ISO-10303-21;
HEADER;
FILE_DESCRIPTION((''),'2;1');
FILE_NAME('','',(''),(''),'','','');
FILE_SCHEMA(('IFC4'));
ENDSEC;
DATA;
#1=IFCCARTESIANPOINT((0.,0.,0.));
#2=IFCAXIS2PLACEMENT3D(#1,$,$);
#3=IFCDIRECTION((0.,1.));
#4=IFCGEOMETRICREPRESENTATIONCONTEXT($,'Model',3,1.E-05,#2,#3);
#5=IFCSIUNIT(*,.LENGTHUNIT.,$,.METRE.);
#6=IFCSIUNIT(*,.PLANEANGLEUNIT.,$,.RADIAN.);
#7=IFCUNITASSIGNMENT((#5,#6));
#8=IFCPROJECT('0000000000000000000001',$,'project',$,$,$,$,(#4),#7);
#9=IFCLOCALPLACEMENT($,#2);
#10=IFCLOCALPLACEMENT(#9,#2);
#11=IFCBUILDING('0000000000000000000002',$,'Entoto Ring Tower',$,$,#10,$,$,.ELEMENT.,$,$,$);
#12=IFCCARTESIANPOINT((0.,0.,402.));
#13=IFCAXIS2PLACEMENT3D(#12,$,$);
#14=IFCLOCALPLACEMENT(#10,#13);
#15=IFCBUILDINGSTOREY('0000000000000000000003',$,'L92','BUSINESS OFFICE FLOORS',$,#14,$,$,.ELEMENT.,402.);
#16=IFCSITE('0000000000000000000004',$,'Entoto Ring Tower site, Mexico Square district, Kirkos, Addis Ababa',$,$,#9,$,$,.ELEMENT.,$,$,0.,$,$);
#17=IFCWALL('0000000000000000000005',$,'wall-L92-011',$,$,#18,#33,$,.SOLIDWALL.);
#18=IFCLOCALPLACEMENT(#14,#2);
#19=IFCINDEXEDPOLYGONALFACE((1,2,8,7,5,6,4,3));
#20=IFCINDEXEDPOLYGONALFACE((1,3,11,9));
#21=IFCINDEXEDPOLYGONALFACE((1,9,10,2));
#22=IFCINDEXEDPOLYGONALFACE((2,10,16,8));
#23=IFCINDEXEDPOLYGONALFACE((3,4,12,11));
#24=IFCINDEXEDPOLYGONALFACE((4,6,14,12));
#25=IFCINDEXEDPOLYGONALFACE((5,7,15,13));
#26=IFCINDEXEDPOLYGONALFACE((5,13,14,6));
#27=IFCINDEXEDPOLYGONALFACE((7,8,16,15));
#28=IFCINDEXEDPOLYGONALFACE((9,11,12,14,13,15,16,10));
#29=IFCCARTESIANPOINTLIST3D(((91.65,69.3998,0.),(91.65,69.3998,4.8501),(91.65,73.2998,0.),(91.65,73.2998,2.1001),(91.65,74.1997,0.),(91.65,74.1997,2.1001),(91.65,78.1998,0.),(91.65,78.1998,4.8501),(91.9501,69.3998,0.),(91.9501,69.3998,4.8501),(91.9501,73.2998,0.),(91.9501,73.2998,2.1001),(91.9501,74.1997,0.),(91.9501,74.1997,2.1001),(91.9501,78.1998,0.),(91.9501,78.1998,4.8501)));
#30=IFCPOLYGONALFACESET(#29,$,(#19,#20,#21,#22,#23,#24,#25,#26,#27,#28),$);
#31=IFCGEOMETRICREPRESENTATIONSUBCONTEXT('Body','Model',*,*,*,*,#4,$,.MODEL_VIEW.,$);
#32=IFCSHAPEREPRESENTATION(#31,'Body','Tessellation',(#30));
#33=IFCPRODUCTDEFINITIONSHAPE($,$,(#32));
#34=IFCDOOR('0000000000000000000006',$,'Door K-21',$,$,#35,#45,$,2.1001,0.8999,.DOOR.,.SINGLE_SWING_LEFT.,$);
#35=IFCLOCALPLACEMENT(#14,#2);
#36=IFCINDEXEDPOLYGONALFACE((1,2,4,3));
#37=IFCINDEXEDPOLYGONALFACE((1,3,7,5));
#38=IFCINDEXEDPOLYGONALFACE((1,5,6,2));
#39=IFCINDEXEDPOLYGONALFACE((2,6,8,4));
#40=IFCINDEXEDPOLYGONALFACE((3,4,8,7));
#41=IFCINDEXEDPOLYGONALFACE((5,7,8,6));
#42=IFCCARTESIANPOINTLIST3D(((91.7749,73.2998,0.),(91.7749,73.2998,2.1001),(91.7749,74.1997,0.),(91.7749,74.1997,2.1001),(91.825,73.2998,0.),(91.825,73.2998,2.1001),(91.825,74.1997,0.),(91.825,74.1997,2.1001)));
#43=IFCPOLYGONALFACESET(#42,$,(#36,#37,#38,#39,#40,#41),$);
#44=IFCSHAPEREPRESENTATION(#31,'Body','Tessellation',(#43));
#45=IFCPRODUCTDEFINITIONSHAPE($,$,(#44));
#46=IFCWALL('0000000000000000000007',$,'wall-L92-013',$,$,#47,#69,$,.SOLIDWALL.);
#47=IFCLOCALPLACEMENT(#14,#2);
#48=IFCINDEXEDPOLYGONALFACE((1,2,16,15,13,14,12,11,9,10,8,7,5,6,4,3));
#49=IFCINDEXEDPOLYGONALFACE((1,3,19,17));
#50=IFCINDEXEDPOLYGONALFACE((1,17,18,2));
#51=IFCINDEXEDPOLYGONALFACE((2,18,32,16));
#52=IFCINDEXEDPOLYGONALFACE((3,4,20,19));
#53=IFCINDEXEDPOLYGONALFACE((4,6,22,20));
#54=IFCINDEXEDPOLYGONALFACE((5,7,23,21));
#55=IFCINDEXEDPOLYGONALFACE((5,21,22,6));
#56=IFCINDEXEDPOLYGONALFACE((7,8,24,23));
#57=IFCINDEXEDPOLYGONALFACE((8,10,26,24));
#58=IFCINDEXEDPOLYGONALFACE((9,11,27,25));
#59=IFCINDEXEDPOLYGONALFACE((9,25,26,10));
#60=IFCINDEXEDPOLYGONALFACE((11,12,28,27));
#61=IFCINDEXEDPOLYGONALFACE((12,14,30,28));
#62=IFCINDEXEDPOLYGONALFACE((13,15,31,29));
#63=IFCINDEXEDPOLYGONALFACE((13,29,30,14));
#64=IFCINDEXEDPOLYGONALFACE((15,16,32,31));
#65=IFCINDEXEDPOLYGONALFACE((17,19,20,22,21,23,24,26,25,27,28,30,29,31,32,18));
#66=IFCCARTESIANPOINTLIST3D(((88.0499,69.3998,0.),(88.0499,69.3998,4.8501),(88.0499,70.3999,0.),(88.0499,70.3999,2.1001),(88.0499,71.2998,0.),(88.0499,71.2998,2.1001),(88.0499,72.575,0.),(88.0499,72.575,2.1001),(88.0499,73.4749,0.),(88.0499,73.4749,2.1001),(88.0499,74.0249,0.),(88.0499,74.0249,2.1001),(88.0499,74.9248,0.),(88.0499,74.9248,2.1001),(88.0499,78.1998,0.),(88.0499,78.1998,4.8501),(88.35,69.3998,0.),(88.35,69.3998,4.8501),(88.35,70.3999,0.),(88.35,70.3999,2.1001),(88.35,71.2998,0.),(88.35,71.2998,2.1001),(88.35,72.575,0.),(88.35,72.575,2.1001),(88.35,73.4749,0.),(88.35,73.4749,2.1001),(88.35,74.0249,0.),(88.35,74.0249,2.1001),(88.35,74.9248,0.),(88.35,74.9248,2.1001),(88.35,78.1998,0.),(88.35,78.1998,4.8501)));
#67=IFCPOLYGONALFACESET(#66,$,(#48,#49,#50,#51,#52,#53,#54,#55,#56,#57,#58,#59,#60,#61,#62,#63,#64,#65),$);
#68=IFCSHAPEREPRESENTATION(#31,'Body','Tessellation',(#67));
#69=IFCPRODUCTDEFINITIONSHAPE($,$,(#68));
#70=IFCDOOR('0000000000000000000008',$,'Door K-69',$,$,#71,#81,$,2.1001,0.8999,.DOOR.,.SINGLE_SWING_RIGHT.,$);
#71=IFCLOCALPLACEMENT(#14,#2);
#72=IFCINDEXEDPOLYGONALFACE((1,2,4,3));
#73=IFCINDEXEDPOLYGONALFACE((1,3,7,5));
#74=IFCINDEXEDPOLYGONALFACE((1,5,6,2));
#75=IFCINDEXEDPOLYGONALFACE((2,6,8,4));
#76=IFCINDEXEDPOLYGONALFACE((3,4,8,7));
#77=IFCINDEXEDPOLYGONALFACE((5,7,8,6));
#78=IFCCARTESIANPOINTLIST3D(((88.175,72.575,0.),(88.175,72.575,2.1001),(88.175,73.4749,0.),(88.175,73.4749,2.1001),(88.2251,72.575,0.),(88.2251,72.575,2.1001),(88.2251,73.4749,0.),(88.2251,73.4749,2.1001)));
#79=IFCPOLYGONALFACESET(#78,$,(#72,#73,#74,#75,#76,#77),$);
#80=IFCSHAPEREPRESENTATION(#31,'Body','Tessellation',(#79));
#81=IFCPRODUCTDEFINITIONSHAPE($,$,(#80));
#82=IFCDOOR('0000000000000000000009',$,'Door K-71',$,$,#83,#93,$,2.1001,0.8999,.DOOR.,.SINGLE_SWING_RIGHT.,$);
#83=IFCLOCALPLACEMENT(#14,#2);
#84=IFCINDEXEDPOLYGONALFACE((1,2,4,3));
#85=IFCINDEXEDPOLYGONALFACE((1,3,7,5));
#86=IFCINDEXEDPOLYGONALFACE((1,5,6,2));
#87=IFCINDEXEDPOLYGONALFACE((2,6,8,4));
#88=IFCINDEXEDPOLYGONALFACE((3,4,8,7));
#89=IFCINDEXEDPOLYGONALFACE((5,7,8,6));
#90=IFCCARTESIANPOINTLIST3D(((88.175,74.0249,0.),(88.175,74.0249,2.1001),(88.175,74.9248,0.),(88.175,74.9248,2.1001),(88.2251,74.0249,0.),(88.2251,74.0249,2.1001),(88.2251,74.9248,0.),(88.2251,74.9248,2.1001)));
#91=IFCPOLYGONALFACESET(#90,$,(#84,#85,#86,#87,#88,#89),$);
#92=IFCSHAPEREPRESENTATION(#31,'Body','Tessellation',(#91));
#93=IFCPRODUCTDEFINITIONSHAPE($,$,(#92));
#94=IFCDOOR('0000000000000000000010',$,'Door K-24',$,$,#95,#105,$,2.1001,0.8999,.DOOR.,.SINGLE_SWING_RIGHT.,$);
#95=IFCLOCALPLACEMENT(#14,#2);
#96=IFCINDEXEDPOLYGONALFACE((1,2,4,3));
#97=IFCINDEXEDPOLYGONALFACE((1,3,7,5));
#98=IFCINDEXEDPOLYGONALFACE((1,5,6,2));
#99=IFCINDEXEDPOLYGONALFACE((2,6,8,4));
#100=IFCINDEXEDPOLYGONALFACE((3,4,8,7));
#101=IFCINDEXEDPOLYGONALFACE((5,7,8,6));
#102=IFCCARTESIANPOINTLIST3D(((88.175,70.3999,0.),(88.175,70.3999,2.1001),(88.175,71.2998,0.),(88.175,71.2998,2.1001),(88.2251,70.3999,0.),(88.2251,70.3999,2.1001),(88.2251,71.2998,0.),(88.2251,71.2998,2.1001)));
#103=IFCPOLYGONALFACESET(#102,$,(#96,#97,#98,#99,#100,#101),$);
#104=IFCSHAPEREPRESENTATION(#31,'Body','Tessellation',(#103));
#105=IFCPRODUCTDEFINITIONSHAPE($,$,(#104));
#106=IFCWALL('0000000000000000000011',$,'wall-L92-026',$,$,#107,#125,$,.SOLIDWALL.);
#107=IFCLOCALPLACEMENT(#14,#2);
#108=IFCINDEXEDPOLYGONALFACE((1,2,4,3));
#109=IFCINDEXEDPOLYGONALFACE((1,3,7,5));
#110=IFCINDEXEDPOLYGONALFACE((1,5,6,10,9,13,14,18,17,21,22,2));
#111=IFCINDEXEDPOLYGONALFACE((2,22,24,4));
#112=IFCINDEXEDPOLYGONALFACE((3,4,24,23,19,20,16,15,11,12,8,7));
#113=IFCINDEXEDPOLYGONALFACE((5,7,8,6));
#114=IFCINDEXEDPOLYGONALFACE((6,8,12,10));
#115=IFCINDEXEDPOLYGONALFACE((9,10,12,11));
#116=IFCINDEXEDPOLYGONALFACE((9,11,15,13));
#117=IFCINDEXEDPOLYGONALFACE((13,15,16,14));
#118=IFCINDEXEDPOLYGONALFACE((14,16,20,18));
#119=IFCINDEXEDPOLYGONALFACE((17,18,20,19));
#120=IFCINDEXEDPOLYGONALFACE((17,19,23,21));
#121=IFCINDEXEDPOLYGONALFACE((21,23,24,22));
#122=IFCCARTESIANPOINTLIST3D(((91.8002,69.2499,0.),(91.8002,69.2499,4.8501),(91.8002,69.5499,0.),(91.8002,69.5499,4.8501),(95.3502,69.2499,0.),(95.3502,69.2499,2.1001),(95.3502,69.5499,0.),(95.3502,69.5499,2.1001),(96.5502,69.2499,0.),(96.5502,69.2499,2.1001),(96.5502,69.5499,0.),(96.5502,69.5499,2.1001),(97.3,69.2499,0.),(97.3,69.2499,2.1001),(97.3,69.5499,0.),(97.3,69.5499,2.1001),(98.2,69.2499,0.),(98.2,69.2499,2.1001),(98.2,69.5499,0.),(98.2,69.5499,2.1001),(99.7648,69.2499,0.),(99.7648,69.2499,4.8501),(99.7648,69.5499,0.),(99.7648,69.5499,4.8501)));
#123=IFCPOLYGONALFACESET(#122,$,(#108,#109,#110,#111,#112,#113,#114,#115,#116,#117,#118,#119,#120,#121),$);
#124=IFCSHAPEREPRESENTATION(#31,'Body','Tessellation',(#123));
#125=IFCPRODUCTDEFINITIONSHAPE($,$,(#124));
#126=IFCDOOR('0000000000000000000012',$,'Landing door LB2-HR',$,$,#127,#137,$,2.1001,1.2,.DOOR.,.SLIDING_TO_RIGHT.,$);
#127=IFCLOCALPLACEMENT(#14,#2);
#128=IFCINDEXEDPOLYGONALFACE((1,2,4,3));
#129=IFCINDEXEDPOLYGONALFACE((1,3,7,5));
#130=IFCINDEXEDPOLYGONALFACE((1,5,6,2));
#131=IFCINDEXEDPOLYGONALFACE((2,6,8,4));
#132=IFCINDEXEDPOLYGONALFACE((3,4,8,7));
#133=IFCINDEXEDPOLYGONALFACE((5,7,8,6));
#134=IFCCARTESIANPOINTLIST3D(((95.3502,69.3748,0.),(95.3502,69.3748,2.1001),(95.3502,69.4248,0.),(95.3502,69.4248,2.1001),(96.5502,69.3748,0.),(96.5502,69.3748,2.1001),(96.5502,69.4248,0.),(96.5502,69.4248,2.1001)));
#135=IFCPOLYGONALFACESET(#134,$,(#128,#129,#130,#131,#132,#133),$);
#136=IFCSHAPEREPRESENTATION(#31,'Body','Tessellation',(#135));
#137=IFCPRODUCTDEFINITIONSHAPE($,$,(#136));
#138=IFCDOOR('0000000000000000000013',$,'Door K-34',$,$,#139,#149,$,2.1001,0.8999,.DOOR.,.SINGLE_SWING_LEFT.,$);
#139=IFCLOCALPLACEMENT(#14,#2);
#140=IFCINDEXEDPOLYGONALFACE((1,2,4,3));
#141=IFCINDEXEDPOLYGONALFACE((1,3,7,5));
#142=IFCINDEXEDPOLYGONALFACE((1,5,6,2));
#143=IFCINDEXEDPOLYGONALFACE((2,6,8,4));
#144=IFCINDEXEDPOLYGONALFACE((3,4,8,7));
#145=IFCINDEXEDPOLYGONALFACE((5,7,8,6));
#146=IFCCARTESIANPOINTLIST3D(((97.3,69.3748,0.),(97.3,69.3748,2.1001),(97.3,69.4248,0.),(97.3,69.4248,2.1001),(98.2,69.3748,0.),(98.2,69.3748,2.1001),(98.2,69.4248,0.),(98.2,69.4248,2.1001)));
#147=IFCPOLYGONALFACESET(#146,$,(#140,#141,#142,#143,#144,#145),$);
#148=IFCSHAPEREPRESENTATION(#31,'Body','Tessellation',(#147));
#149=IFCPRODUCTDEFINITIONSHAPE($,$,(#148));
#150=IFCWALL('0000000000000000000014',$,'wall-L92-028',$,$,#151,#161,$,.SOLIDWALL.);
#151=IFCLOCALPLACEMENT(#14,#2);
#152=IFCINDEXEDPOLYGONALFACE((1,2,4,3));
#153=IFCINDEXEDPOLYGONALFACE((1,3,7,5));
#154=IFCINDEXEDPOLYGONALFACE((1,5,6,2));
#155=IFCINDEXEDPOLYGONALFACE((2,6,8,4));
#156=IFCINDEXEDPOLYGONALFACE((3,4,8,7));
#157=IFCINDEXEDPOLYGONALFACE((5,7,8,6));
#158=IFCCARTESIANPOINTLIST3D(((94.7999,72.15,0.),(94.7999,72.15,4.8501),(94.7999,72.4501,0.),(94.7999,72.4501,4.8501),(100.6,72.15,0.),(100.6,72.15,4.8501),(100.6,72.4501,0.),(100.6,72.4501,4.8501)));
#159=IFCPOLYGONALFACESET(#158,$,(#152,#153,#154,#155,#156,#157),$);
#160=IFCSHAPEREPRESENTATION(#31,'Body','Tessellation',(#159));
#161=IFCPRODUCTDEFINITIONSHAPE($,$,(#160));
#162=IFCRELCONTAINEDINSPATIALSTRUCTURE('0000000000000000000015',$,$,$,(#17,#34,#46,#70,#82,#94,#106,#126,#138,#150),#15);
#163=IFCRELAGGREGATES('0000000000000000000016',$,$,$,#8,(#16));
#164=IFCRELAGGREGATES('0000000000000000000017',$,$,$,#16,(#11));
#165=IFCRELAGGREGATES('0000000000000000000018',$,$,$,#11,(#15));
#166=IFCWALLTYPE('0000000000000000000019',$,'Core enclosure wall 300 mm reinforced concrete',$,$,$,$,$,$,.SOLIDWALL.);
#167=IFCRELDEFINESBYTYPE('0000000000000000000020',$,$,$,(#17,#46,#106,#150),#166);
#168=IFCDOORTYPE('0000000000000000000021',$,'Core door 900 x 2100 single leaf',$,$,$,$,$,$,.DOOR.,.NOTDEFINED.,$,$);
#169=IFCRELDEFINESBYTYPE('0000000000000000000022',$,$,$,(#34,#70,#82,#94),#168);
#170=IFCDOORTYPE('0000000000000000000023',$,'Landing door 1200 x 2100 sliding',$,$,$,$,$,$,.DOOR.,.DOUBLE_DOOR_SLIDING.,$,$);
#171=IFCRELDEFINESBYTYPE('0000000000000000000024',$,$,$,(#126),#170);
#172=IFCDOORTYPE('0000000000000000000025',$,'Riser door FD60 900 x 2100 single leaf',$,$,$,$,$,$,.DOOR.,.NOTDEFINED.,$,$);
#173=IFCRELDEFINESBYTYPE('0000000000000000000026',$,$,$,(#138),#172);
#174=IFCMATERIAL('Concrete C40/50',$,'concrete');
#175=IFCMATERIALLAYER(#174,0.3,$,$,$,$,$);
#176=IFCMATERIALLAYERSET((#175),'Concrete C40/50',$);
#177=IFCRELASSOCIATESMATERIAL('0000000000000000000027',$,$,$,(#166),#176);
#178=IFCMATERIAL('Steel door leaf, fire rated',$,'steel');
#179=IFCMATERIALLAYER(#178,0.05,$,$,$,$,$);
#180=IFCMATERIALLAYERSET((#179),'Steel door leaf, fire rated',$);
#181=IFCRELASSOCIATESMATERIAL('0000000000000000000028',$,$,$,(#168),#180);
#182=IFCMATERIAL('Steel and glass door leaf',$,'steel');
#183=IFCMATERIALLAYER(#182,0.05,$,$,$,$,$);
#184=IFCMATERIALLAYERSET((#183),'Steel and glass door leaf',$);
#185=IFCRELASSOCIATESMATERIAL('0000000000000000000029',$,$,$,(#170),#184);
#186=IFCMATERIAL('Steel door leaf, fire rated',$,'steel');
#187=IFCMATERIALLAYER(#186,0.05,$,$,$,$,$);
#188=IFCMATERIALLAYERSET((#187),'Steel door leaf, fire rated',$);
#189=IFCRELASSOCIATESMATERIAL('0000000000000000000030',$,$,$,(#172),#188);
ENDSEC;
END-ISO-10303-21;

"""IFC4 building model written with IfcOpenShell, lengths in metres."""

from ifc_helpers import new_model, si_unit, direction, frame, frame_2d, origin, place, context, subcontext, project, spatial, rectangle, extrude, material, layer, layer_set, type_object, element, fill, save


model = new_model("IFC4")

# Units and contexts
model_context = context("Model", 3, precision=1e-05, world=origin(), true_north=direction((0.0, 1.0)))
body_context = subcontext(model_context, "Body", "Model", "MODEL_VIEW")
ifc_project = project(units=[si_unit("LENGTHUNIT", "METRE"), si_unit("PLANEANGLEUNIT", "RADIAN")], contexts=[model_context])

# Site, building, storey
site_placement = place(None, origin())
site = spatial("IfcSite", under=ifc_project, at=site_placement, Name="Entoto Ring Tower site, Mexico Square district, Kirkos, Addis Ababa", CompositionType="ELEMENT", RefElevation=0.0)
building_placement = place(site_placement, origin())
building = spatial("IfcBuilding", under=site, at=building_placement, Name="Entoto Ring Tower", CompositionType="ELEMENT")
storey_placement = place(building_placement, frame((0.0, 0.0, 402.0)))
storey = spatial("IfcBuildingStorey", under=building, at=storey_placement, Name="L92", Description="BUSINESS OFFICE FLOORS", CompositionType="ELEMENT", Elevation=402.0)

# Shared definitions
ifc_material_1 = material(Name="Concrete C40/50", Category="concrete")
ifc_layer_1 = layer(ifc_material_1, 0.3)
ifc_layer_set_1 = layer_set([ifc_layer_1], Name="Concrete C40/50")
wall_type = type_object("IfcWallType", Name="Core enclosure wall 300 mm reinforced concrete", PredefinedType="SOLIDWALL", material=ifc_layer_set_1)

# Wall, opening, door
wall_1_placement = place(storey_placement, frame((91.8, 69.3999, 0.0), z_axis=(0.0, 0.0, 1.0), x_axis=(0.0, 1.0, 0.0)))
wall_1 = element("IfcWall", 1, at=wall_1_placement, inside=storey, type_object=wall_type, Name="wall-L92-011", PredefinedType="SOLIDWALL", context=body_context, shape_type="SweptSolid", body=[
    extrude(rectangle(XDim=8.8, YDim=0.3, at=frame_2d((4.3999, 0.0))), origin(), (0.0, 0.0, 1.0), 4.8501),
])
opening_1_placement = place(wall_1_placement, frame((3.8999, 0.0, 0.0)))
opening_1 = element("IfcOpeningElement", 2, at=opening_1_placement, cuts=wall_1, PredefinedType="OPENING", context=body_context, shape_type="SweptSolid", body=[
    extrude(rectangle(XDim=0.8999, YDim=2.1001, at=frame_2d((0.45, 1.05))), frame((0.0, 0.1602, 0.0), z_axis=(0.0, -1.0, 0.0), x_axis=(1.0, 0.0, 0.0)), (0.0, 0.0, 1.0), 0.3201),
])
ifc_material_2 = material(Name="Steel door leaf, fire rated", Category="steel")
ifc_layer_2 = layer(ifc_material_2, 0.05)
ifc_layer_set_2 = layer_set([ifc_layer_2], Name="Steel door leaf, fire rated")
door_type_1 = type_object("IfcDoorType", Name="Core door 900 x 2100 single leaf", OperationType="NOTDEFINED", PredefinedType="DOOR", material=ifc_layer_set_2)
door_1_placement = place(opening_1_placement, frame((0.8999, 0.0, 0.0), z_axis=(0.0, 0.0, 1.0), x_axis=(-1.0, 0.0, 0.0)))
door_1 = element("IfcDoor", 3, at=door_1_placement, inside=storey, type_object=door_type_1, Name="Door K-21", OperationType="SINGLE_SWING_LEFT", OverallHeight=2.1001, OverallWidth=0.8999, PredefinedType="DOOR", context=body_context, shape_type="SweptSolid", body=[
    extrude(rectangle(XDim=0.8999, YDim=2.1001, at=frame_2d((0.45, 1.05))), frame((0.0, 0.0249, 0.0), z_axis=(0.0, -1.0, 0.0), x_axis=(1.0, 0.0, 0.0)), (0.0, 0.0, 1.0), 0.05),
])
fill(opening_1, door_1)

# Walls, openings, doors
wall_2_placement = place(storey_placement, frame((88.2, 69.3999, 0.0), z_axis=(0.0, 0.0, 1.0), x_axis=(0.0, 1.0, 0.0)))
wall_2 = element("IfcWall", 4, at=wall_2_placement, inside=storey, type_object=wall_type, Name="wall-L92-013", PredefinedType="SOLIDWALL", context=body_context, shape_type="SweptSolid", body=[
    extrude(rectangle(XDim=8.8, YDim=0.3, at=frame_2d((4.3999, 0.0))), origin(), (0.0, 0.0, 1.0), 4.8501),
])
opening_2_placement = place(wall_2_placement, frame((3.175, 0.0, 0.0)))
opening_2 = element("IfcOpeningElement", 5, at=opening_2_placement, cuts=wall_2, PredefinedType="OPENING", context=body_context, shape_type="SweptSolid", body=[
    extrude(rectangle(XDim=0.8999, YDim=2.1001, at=frame_2d((0.45, 1.05))), frame((0.0, 0.1602, 0.0), z_axis=(0.0, -1.0, 0.0), x_axis=(1.0, 0.0, 0.0)), (0.0, 0.0, 1.0), 0.3201),
])
opening_3_placement = place(wall_2_placement, frame((4.625, 0.0, 0.0)))
opening_3 = element("IfcOpeningElement", 6, at=opening_3_placement, cuts=wall_2, PredefinedType="OPENING", context=body_context, shape_type="SweptSolid", body=[
    extrude(rectangle(XDim=0.8999, YDim=2.1001, at=frame_2d((0.45, 1.05))), frame((0.0, 0.1602, 0.0), z_axis=(0.0, -1.0, 0.0), x_axis=(1.0, 0.0, 0.0)), (0.0, 0.0, 1.0), 0.3201),
])
opening_4_placement = place(wall_2_placement, frame((1.0, 0.0, 0.0)))
opening_4 = element("IfcOpeningElement", 7, at=opening_4_placement, cuts=wall_2, PredefinedType="OPENING", context=body_context, shape_type="SweptSolid", body=[
    extrude(rectangle(XDim=0.8999, YDim=2.1001, at=frame_2d((0.45, 1.05))), frame((0.0, 0.1602, 0.0), z_axis=(0.0, -1.0, 0.0), x_axis=(1.0, 0.0, 0.0)), (0.0, 0.0, 1.0), 0.3201),
])
door_2_placement = place(opening_2_placement, origin())
door_2 = element("IfcDoor", 8, at=door_2_placement, inside=storey, type_object=door_type_1, Name="Door K-69", OperationType="SINGLE_SWING_RIGHT", OverallHeight=2.1001, OverallWidth=0.8999, PredefinedType="DOOR", context=body_context, shape_type="SweptSolid", body=[
    extrude(rectangle(XDim=0.8999, YDim=2.1001, at=frame_2d((0.45, 1.05))), frame((0.0, 0.0249, 0.0), z_axis=(0.0, -1.0, 0.0), x_axis=(1.0, 0.0, 0.0)), (0.0, 0.0, 1.0), 0.05),
])
fill(opening_2, door_2)
door_3_placement = place(opening_3_placement, origin())
door_3 = element("IfcDoor", 9, at=door_3_placement, inside=storey, type_object=door_type_1, Name="Door K-71", OperationType="SINGLE_SWING_RIGHT", OverallHeight=2.1001, OverallWidth=0.8999, PredefinedType="DOOR", context=body_context, shape_type="SweptSolid", body=[
    extrude(rectangle(XDim=0.8999, YDim=2.1001, at=frame_2d((0.45, 1.05))), frame((0.0, 0.0249, 0.0), z_axis=(0.0, -1.0, 0.0), x_axis=(1.0, 0.0, 0.0)), (0.0, 0.0, 1.0), 0.05),
])
fill(opening_3, door_3)
door_4_placement = place(opening_4_placement, origin())
door_4 = element("IfcDoor", 10, at=door_4_placement, inside=storey, type_object=door_type_1, Name="Door K-24", OperationType="SINGLE_SWING_RIGHT", OverallHeight=2.1001, OverallWidth=0.8999, PredefinedType="DOOR", context=body_context, shape_type="SweptSolid", body=[
    extrude(rectangle(XDim=0.8999, YDim=2.1001, at=frame_2d((0.45, 1.05))), frame((0.0, 0.0249, 0.0), z_axis=(0.0, -1.0, 0.0), x_axis=(1.0, 0.0, 0.0)), (0.0, 0.0, 1.0), 0.05),
])
fill(opening_4, door_4)
wall_3_placement = place(storey_placement, frame((91.8, 69.3999, 0.0), z_axis=(0.0, 0.0, 1.0), x_axis=(1.0, 0.0, 0.0)))
wall_3 = element("IfcWall", 11, at=wall_3_placement, inside=storey, type_object=wall_type, Name="wall-L92-026", PredefinedType="SOLIDWALL", context=body_context, shape_type="SweptSolid", body=[
    extrude(rectangle(XDim=7.9646, YDim=0.3, at=frame_2d((3.9824, 0.0))), origin(), (0.0, 0.0, 1.0), 4.8501),
])
opening_5_placement = place(wall_3_placement, frame((3.55, 0.0, 0.0)))
opening_5 = element("IfcOpeningElement", 12, at=opening_5_placement, cuts=wall_3, PredefinedType="OPENING", context=body_context, shape_type="SweptSolid", body=[
    extrude(rectangle(XDim=1.2, YDim=2.1001, at=frame_2d((0.6001, 1.05))), frame((0.0, 0.1602, 0.0), z_axis=(0.0, -1.0, 0.0), x_axis=(1.0, 0.0, 0.0)), (0.0, 0.0, 1.0), 0.3201),
])
opening_6_placement = place(wall_3_placement, frame((5.5, 0.0, 0.0)))
opening_6 = element("IfcOpeningElement", 13, at=opening_6_placement, cuts=wall_3, PredefinedType="OPENING", context=body_context, shape_type="SweptSolid", body=[
    extrude(rectangle(XDim=0.8999, YDim=2.1001, at=frame_2d((0.45, 1.05))), frame((0.0, 0.1602, 0.0), z_axis=(0.0, -1.0, 0.0), x_axis=(1.0, 0.0, 0.0)), (0.0, 0.0, 1.0), 0.3201),
])
ifc_material_3 = material(Name="Steel and glass door leaf", Category="steel")
ifc_layer_3 = layer(ifc_material_3, 0.05)
ifc_layer_set_3 = layer_set([ifc_layer_3], Name="Steel and glass door leaf")
door_type_2 = type_object("IfcDoorType", Name="Landing door 1200 x 2100 sliding", OperationType="DOUBLE_DOOR_SLIDING", PredefinedType="DOOR", material=ifc_layer_set_3)
door_5_placement = place(opening_5_placement, origin())
door_5 = element("IfcDoor", 14, at=door_5_placement, inside=storey, type_object=door_type_2, Name="Landing door LB2-HR", OperationType="SLIDING_TO_RIGHT", OverallHeight=2.1001, OverallWidth=1.2, PredefinedType="DOOR", context=body_context, shape_type="SweptSolid", body=[
    extrude(rectangle(XDim=1.2, YDim=2.1001, at=frame_2d((0.6001, 1.05))), frame((0.0, 0.0249, 0.0), z_axis=(0.0, -1.0, 0.0), x_axis=(1.0, 0.0, 0.0)), (0.0, 0.0, 1.0), 0.05),
])
fill(opening_5, door_5)
ifc_material_4 = material(Name="Steel door leaf, fire rated", Category="steel")
ifc_layer_4 = layer(ifc_material_4, 0.05)
ifc_layer_set_4 = layer_set([ifc_layer_4], Name="Steel door leaf, fire rated")
door_type_3 = type_object("IfcDoorType", Name="Riser door FD60 900 x 2100 single leaf", OperationType="NOTDEFINED", PredefinedType="DOOR", material=ifc_layer_set_4)
door_6_placement = place(opening_6_placement, origin())
door_6 = element("IfcDoor", 15, at=door_6_placement, inside=storey, type_object=door_type_3, Name="Door K-34", OperationType="SINGLE_SWING_LEFT", OverallHeight=2.1001, OverallWidth=0.8999, PredefinedType="DOOR", context=body_context, shape_type="SweptSolid", body=[
    extrude(rectangle(XDim=0.8999, YDim=2.1001, at=frame_2d((0.45, 1.05))), frame((0.0, 0.0249, 0.0), z_axis=(0.0, -1.0, 0.0), x_axis=(1.0, 0.0, 0.0)), (0.0, 0.0, 1.0), 0.05),
])
fill(opening_6, door_6)

# Wall
wall_4_placement = place(storey_placement, frame((94.8, 72.3, 0.0), z_axis=(0.0, 0.0, 1.0), x_axis=(1.0, 0.0, 0.0)))
element("IfcWall", 16, at=wall_4_placement, inside=storey, type_object=wall_type, Name="wall-L92-028", PredefinedType="SOLIDWALL", context=body_context, shape_type="SweptSolid", body=[
    extrude(rectangle(XDim=5.8, YDim=0.3, at=frame_2d((2.8999, 0.0))), origin(), (0.0, 0.0, 1.0), 4.8501),
])

save(model, "model.ifc")
